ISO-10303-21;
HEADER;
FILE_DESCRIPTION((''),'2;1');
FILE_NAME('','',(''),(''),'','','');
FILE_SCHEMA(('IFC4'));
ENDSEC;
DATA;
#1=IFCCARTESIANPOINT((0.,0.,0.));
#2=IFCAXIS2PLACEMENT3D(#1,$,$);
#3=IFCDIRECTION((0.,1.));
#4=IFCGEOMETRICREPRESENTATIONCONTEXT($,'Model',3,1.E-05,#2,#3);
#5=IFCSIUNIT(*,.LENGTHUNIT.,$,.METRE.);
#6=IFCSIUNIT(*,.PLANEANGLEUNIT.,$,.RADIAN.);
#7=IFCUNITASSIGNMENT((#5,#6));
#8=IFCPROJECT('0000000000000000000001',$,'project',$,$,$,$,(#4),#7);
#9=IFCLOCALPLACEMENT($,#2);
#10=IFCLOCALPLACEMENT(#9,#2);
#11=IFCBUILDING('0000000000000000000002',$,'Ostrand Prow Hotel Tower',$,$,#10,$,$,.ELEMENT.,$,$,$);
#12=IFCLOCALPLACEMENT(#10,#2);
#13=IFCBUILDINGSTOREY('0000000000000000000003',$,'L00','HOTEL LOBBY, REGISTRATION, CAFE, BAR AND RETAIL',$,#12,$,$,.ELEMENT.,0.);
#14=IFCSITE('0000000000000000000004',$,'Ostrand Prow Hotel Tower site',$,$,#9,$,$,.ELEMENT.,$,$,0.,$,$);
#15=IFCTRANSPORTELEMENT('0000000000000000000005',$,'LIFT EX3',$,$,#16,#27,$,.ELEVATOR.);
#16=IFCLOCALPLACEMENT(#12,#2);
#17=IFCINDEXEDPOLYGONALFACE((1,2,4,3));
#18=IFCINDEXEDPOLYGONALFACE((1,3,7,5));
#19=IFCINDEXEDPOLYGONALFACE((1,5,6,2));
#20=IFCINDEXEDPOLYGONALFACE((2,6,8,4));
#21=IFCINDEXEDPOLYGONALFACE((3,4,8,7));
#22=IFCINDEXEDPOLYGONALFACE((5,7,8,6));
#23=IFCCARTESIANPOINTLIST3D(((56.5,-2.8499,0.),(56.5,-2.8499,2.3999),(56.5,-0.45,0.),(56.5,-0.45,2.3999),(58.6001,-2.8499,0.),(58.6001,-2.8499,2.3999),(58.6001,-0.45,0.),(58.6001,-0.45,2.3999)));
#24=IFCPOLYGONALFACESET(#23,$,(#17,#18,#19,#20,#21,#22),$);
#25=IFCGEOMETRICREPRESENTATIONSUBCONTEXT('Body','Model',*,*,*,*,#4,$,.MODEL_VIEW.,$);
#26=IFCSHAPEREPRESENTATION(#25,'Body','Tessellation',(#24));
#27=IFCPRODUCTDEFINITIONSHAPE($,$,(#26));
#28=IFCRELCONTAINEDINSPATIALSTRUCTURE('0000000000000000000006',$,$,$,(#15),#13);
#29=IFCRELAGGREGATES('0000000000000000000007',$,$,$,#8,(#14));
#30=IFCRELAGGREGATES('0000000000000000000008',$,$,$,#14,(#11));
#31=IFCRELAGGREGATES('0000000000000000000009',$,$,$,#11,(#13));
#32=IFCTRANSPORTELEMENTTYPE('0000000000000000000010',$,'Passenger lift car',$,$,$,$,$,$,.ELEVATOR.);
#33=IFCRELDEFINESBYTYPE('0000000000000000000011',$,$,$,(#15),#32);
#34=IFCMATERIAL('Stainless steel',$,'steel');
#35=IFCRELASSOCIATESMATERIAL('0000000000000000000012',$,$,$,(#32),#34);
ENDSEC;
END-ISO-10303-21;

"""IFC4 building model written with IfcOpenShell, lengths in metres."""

from ifc_helpers import new_model, si_unit, direction, frame, origin, origin_2d, place, context, subcontext, project, spatial, rectangle, extrude, material, type_object, element, save


model = new_model("IFC4")

# Units and contexts
model_context = context("Model", 3, precision=1e-05, world=origin(), true_north=direction((0.0, 1.0)))
body_context = subcontext(model_context, "Body", "Model", "MODEL_VIEW")
ifc_project = project(units=[si_unit("LENGTHUNIT", "METRE"), si_unit("PLANEANGLEUNIT", "RADIAN")], contexts=[model_context])

# Site, building, storey
site_placement = place(None, origin())
site = spatial("IfcSite", under=ifc_project, at=site_placement, Name="Ostrand Prow Hotel Tower site", CompositionType="ELEMENT", RefElevation=0.0)
building_placement = place(site_placement, origin())
building = spatial("IfcBuilding", under=site, at=building_placement, Name="Ostrand Prow Hotel Tower", CompositionType="ELEMENT")
storey_placement = place(building_placement, origin())
storey = spatial("IfcBuildingStorey", under=building, at=storey_placement, Name="L00", Description="HOTEL LOBBY, REGISTRATION, CAFE, BAR AND RETAIL", CompositionType="ELEMENT", Elevation=0.0)

# Transport element
ifc_material_1 = material(Name="Stainless steel", Category="steel")
transport_element_type = type_object("IfcTransportElementType", Name="Passenger lift car", PredefinedType="ELEVATOR", material=ifc_material_1)
transport_element_placement = place(storey_placement, frame((57.55, -1.6499, 0.0), z_axis=(0.0, 0.0, 1.0), x_axis=(1.0, 0.0, 0.0)))
element("IfcTransportElement", 1, at=transport_element_placement, inside=storey, type_object=transport_element_type, Name="LIFT EX3", PredefinedType="ELEVATOR", context=body_context, shape_type="SweptSolid", body=[
    extrude(rectangle(XDim=2.1001, YDim=2.3999, at=origin_2d()), origin(), (0.0, 0.0, 1.0), 2.3999),
])

save(model, "model.ifc")
